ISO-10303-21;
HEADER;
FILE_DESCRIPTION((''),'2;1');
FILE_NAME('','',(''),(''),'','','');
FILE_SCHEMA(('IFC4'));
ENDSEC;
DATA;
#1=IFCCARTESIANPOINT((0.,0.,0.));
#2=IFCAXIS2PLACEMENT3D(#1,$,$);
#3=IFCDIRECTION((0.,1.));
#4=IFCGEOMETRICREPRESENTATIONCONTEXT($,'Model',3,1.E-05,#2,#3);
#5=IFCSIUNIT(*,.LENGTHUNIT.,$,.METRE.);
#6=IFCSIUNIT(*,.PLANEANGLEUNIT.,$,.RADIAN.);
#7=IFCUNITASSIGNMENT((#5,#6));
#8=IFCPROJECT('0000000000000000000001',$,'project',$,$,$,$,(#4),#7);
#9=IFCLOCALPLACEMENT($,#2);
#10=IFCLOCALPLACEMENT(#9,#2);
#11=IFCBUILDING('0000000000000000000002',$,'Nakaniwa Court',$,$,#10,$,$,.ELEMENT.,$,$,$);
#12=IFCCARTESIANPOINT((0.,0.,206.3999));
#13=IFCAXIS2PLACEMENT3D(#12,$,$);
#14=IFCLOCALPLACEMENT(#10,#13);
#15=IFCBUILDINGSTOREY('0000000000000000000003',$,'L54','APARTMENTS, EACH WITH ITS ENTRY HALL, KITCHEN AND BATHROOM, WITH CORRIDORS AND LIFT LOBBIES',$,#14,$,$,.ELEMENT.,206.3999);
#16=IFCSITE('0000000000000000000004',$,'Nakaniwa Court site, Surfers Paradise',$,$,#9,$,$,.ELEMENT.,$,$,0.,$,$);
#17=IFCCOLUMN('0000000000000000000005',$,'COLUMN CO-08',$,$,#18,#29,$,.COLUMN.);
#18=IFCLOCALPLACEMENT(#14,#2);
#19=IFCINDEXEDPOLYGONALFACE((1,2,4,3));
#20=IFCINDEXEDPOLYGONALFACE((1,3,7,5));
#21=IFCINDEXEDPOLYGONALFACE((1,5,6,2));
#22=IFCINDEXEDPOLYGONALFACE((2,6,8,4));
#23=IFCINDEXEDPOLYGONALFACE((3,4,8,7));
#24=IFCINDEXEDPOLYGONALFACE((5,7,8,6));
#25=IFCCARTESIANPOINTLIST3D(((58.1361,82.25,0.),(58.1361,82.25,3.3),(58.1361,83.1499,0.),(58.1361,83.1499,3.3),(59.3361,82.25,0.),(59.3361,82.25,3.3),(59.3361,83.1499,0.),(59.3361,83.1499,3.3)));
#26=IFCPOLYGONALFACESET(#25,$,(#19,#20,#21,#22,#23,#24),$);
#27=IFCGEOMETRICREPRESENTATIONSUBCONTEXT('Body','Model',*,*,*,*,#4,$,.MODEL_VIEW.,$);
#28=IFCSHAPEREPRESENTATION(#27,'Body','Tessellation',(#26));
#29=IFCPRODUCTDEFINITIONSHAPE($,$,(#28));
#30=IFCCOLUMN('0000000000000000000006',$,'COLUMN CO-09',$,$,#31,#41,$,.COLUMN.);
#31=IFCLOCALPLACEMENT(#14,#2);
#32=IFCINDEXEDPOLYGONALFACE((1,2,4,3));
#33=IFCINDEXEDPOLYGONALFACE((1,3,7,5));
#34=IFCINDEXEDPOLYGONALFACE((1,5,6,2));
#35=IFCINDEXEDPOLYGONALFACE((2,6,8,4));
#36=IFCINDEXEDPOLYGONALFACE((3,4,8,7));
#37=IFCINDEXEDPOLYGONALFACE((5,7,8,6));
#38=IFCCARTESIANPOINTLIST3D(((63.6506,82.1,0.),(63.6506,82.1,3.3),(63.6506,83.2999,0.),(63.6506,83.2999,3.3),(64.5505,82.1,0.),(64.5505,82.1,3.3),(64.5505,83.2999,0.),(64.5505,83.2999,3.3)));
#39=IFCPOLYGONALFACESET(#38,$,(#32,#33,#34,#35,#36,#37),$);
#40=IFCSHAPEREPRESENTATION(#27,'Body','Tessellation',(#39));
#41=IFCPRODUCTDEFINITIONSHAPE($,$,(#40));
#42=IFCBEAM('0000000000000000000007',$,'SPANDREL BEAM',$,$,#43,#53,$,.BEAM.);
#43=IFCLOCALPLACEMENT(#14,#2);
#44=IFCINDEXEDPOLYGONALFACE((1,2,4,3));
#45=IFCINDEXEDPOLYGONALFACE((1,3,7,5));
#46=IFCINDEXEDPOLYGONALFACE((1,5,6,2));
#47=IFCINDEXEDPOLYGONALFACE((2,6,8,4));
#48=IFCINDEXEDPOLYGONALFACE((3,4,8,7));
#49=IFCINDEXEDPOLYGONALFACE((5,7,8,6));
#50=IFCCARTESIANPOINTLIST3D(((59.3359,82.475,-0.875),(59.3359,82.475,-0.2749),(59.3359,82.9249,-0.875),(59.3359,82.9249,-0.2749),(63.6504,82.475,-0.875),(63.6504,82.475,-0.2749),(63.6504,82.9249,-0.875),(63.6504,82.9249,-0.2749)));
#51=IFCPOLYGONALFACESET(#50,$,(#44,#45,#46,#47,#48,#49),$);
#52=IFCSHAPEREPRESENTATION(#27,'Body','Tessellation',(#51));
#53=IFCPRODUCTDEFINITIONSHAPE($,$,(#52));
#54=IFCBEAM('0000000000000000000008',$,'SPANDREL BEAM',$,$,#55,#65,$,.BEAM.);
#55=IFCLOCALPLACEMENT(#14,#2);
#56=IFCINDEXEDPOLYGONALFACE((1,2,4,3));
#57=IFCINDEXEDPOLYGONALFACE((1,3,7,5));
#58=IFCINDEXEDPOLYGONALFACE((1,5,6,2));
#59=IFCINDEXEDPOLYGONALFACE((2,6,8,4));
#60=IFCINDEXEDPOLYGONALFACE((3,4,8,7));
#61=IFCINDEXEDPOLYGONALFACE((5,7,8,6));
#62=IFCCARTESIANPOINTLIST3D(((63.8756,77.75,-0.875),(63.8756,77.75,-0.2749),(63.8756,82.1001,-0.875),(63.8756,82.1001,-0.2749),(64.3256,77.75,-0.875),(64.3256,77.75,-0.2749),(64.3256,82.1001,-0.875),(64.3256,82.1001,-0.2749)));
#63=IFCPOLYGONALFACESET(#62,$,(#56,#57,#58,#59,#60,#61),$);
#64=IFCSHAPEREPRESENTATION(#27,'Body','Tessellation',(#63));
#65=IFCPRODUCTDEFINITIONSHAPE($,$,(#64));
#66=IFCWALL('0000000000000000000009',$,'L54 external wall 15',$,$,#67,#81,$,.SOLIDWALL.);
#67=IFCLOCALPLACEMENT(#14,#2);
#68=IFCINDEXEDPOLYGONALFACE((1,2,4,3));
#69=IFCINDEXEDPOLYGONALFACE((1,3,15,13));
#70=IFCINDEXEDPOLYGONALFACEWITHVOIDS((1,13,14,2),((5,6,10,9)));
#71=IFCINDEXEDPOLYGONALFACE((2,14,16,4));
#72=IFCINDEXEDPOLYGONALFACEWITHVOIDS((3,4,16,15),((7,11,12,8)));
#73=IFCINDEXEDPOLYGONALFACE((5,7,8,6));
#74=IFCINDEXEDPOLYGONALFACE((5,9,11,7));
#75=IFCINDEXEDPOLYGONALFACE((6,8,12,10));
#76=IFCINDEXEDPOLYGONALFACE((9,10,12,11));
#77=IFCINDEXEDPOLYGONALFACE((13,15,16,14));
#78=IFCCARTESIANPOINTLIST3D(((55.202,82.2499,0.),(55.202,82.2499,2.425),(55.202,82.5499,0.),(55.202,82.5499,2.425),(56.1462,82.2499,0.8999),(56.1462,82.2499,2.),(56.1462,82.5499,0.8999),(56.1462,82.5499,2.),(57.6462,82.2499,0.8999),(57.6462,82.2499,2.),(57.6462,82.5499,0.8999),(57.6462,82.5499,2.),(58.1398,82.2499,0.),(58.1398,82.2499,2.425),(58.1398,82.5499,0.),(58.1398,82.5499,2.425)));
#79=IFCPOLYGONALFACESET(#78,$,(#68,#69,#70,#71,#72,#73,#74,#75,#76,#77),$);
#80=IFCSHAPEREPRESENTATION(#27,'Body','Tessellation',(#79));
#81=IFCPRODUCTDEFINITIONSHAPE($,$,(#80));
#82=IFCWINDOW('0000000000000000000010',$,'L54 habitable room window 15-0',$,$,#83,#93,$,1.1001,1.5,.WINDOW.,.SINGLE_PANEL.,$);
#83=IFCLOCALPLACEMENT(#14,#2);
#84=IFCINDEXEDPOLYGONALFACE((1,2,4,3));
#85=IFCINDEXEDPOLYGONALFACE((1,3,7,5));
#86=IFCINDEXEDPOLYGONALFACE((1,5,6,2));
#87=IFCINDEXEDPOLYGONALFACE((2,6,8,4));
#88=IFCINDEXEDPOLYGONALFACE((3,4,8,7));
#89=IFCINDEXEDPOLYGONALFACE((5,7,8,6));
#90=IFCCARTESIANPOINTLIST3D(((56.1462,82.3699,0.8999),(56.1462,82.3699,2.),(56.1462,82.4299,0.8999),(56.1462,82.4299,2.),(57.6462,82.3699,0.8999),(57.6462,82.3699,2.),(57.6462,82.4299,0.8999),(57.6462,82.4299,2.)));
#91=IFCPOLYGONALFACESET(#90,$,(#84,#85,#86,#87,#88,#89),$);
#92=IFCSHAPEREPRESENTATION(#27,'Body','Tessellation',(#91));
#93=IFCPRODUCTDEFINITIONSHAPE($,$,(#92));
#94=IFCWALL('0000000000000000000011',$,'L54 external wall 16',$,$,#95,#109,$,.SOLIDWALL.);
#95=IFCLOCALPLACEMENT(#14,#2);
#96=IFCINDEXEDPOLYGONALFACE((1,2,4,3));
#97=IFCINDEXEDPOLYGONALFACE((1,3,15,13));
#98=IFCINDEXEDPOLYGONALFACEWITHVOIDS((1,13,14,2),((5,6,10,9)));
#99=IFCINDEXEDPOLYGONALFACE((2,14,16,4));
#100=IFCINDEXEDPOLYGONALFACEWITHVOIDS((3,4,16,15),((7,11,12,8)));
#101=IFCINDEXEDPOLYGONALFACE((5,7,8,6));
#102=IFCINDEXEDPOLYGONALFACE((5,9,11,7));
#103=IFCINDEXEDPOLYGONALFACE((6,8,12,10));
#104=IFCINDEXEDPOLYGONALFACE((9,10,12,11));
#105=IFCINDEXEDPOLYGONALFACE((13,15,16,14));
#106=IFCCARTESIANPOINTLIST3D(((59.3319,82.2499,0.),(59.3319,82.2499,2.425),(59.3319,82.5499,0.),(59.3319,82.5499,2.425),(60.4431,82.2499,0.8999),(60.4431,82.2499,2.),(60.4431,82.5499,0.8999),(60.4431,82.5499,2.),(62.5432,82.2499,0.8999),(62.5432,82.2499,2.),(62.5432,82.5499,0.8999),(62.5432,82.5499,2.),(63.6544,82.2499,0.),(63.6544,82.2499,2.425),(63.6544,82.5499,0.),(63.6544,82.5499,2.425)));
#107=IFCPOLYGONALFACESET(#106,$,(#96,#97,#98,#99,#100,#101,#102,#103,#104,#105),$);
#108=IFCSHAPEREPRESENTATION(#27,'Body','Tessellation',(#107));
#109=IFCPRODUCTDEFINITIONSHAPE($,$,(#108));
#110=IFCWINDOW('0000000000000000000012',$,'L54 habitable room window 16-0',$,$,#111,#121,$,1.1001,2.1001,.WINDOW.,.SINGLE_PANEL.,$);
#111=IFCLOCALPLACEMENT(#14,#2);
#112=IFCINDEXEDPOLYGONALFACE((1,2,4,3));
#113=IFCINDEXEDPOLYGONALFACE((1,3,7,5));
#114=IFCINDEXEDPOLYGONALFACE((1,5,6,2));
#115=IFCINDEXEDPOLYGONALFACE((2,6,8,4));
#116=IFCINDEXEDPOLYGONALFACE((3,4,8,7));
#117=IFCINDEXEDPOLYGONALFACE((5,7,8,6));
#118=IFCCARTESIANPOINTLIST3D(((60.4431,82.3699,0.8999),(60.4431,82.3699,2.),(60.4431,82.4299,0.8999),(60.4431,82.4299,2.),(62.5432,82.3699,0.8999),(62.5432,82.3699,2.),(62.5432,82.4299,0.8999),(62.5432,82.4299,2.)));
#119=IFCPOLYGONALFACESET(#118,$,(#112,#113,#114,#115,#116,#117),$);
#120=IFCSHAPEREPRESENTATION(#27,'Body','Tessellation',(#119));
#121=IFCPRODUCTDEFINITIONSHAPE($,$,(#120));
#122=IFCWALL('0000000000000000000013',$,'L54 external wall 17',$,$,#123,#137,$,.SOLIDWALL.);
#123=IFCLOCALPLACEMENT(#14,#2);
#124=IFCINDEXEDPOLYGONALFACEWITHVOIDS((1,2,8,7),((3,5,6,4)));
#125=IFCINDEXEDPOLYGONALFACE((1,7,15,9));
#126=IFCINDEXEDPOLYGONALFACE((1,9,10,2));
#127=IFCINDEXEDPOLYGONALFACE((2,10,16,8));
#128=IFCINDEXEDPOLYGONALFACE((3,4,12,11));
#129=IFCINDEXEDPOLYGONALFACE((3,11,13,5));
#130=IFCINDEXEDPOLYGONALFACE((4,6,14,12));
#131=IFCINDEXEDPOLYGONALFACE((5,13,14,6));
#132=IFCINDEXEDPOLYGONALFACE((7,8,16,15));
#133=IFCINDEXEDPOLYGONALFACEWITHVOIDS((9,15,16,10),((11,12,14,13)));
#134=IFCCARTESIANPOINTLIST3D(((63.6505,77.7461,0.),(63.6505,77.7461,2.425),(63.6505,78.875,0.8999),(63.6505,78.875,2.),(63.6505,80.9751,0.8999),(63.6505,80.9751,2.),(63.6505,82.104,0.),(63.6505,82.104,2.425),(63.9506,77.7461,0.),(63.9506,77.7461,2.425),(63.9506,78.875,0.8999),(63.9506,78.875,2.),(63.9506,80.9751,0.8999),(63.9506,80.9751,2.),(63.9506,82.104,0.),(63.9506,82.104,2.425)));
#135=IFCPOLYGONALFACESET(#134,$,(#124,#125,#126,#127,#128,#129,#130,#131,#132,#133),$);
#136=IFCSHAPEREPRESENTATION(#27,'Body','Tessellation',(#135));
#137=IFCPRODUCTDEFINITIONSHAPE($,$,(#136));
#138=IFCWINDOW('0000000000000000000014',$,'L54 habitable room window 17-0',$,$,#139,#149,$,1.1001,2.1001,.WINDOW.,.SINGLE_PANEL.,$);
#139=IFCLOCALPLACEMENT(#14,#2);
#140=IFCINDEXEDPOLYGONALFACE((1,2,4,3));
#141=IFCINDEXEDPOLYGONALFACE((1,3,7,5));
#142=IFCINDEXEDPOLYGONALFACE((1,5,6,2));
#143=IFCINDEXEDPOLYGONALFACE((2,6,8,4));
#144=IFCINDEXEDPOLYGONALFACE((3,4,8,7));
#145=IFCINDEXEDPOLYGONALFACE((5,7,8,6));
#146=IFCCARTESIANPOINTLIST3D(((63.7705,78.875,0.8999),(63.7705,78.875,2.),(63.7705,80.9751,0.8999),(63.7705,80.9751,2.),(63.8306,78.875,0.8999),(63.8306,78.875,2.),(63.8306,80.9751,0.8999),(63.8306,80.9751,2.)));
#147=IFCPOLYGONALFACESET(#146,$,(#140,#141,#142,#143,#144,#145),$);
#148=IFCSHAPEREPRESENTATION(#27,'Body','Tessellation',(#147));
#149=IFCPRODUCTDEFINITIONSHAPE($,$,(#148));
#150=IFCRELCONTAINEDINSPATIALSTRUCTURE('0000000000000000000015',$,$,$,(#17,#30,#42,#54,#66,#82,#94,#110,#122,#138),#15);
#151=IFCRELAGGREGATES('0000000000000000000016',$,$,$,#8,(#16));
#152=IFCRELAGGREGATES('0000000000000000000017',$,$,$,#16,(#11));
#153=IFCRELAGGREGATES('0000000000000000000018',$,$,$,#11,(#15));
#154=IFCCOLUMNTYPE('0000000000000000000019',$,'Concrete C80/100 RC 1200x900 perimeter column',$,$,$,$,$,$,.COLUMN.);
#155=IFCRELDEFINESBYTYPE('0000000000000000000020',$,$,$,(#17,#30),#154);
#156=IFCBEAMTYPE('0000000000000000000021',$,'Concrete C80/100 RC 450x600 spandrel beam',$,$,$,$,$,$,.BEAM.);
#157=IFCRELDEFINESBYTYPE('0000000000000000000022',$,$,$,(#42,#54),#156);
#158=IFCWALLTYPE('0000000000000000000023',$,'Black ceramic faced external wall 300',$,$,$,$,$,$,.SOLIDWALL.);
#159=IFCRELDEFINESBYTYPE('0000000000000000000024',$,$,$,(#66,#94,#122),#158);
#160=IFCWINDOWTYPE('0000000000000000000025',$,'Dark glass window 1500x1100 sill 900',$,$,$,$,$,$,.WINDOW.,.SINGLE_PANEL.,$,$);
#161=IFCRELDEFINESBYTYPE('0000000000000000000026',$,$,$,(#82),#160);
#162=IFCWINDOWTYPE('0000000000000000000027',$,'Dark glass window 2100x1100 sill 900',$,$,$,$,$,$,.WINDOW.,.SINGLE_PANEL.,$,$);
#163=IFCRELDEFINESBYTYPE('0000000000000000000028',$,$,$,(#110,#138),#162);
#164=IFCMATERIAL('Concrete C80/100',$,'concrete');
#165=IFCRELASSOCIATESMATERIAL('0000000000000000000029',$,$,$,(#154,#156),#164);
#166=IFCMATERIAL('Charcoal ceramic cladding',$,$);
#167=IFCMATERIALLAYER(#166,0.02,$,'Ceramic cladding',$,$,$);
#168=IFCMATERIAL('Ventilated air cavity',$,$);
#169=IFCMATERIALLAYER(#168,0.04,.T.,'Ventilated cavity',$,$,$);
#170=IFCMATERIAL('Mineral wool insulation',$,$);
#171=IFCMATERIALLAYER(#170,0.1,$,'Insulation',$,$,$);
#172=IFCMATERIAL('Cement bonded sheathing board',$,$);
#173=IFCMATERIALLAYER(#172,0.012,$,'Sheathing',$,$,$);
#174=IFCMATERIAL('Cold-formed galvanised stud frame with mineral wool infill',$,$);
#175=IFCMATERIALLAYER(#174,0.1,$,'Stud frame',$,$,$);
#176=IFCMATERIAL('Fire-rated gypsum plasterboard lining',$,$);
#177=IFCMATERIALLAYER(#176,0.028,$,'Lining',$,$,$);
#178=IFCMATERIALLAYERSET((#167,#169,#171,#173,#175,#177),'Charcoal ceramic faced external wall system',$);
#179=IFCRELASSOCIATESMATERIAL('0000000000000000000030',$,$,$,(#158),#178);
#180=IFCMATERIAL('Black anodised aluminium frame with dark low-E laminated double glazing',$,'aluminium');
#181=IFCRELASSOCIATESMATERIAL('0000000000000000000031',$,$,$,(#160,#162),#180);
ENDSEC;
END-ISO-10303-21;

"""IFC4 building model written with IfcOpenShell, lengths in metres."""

from ifc_helpers import new_model, si_unit, direction, frame, frame_2d, origin, origin_2d, place, context, subcontext, project, spatial, rectangle, extrude, material, layer, layer_set, material_profile, profile_set, type_object, element, fill, save


model = new_model("IFC4")

# Units and contexts
model_context = context("Model", 3, precision=1e-05, world=origin(), true_north=direction((0.0, 1.0)))
body_context = subcontext(model_context, "Body", "Model", "MODEL_VIEW")
ifc_project = project(units=[si_unit("LENGTHUNIT", "METRE"), si_unit("PLANEANGLEUNIT", "RADIAN")], contexts=[model_context])

# Site, building, storey
site_placement = place(None, origin())
site = spatial("IfcSite", under=ifc_project, at=site_placement, Name="Nakaniwa Court site, Surfers Paradise", CompositionType="ELEMENT", RefElevation=0.0)
building_placement = place(site_placement, origin())
building = spatial("IfcBuilding", under=site, at=building_placement, Name="Nakaniwa Court", CompositionType="ELEMENT")
storey_placement = place(building_placement, frame((0.0, 0.0, 206.3999)))
storey = spatial("IfcBuildingStorey", under=building, at=storey_placement, Name="L54", Description="APARTMENTS, EACH WITH ITS ENTRY HALL, KITCHEN AND BATHROOM, WITH CORRIDORS AND LIFT LOBBIES", CompositionType="ELEMENT", Elevation=206.3999)

# Columns
ifc_material_1 = material(Name="Concrete C80/100", Category="concrete")
ifc_material_profile_1 = material_profile(ifc_material_1, rectangle(XDim=1.2, YDim=0.8999, at=origin_2d()), Name="Concrete C80/100 RC 1200x900 perimeter column")
ifc_profile_set_1 = profile_set([ifc_material_profile_1], Name="Concrete C80/100")
column_type = type_object("IfcColumnType", Name="Concrete C80/100 RC 1200x900 perimeter column", PredefinedType="COLUMN", material=ifc_profile_set_1)
for number, where, z_axis, x_axis, name in (
    (1, (58.7361, 82.7, 0.0), (0.0, 0.0, 1.0), (1.0, 0.0, 0.0), "COLUMN CO-08"),
    (2, (64.1006, 82.7, 0.0), (0.0, 0.0, 1.0), (0.0, -1.0, 0.0), "COLUMN CO-09"),
):
    element("IfcColumn", number, at=place(storey_placement, frame(where, z_axis=z_axis, x_axis=x_axis)), inside=storey, type_object=column_type, Name=name, PredefinedType="COLUMN", context=body_context, shape_type="SweptSolid", body=[
        extrude(rectangle(XDim=1.2, YDim=0.8999, at=origin_2d()), origin(), (0.0, 0.0, 1.0), 3.3),
    ])

# Beams
ifc_material_profile_2 = material_profile(ifc_material_1, rectangle(XDim=0.45, YDim=0.6001, at=origin_2d()), Name="Concrete C80/100 RC 450x600 spandrel beam")
ifc_profile_set_2 = profile_set([ifc_material_profile_2], Name="Concrete C80/100")
beam_type = type_object("IfcBeamType", Name="Concrete C80/100 RC 450x600 spandrel beam", PredefinedType="BEAM", material=ifc_profile_set_2)
beam_1_placement = place(storey_placement, frame((59.3359, 82.7, -0.575), z_axis=(1.0, 0.0, 0.0), x_axis=(0.0, 1.0, 0.0)))
element("IfcBeam", 3, at=beam_1_placement, inside=storey, type_object=beam_type, Name="SPANDREL BEAM", PredefinedType="BEAM", context=body_context, shape_type="SweptSolid", body=[
    extrude(rectangle(XDim=0.45, YDim=0.6001, at=origin_2d()), origin(), (0.0, 0.0, 1.0), 4.3145),
])
beam_2_placement = place(storey_placement, frame((64.1006, 82.1001, -0.575), z_axis=(0.0, -1.0, 0.0), x_axis=(1.0, 0.0, 0.0)))
element("IfcBeam", 4, at=beam_2_placement, inside=storey, type_object=beam_type, Name="SPANDREL BEAM", PredefinedType="BEAM", context=body_context, shape_type="SweptSolid", body=[
    extrude(rectangle(XDim=0.45, YDim=0.6001, at=origin_2d()), origin(), (0.0, 0.0, 1.0), 4.3501),
])

# Walls, openings, windows
ifc_material_2 = material(Name="Charcoal ceramic cladding")
ifc_layer_1 = layer(ifc_material_2, 0.02, Name="Ceramic cladding")
ifc_material_3 = material(Name="Ventilated air cavity")
ifc_layer_2 = layer(ifc_material_3, 0.04, ventilated=True, Name="Ventilated cavity")
ifc_material_4 = material(Name="Mineral wool insulation")
ifc_layer_3 = layer(ifc_material_4, 0.1, Name="Insulation")
ifc_material_5 = material(Name="Cement bonded sheathing board")
ifc_layer_4 = layer(ifc_material_5, 0.012, Name="Sheathing")
ifc_material_6 = material(Name="Cold-formed galvanised stud frame with mineral wool infill")
ifc_layer_5 = layer(ifc_material_6, 0.1, Name="Stud frame")
ifc_material_7 = material(Name="Fire-rated gypsum plasterboard lining")
ifc_layer_6 = layer(ifc_material_7, 0.028, Name="Lining")
ifc_layer_set_1 = layer_set([ifc_layer_1, ifc_layer_2, ifc_layer_3, ifc_layer_4, ifc_layer_5, ifc_layer_6], Name="Charcoal ceramic faced external wall system")
wall_type_1 = type_object("IfcWallType", Name="Black ceramic faced external wall 300", PredefinedType="SOLIDWALL", material=ifc_layer_set_1)
wall_1_placement = place(storey_placement, frame((55.2021, 82.3999, 0.0), z_axis=(0.0, 0.0, 1.0), x_axis=(1.0, 0.0, 0.0)))
wall_1 = element("IfcWall", 5, at=wall_1_placement, inside=storey, type_object=wall_type_1, Name="L54 external wall 15", PredefinedType="SOLIDWALL", context=body_context, shape_type="SweptSolid", body=[
    extrude(rectangle(XDim=2.9377, YDim=0.3, at=frame_2d((1.4688, 0.0))), origin(), (0.0, 0.0, 1.0), 2.425),
])
opening_1_placement = place(wall_1_placement, frame((0.9441, 0.0, 0.8999)))
opening_1 = element("IfcOpeningElement", 6, at=opening_1_placement, cuts=wall_1, PredefinedType="OPENING", context=body_context, shape_type="SweptSolid", body=[
    extrude(rectangle(XDim=1.5, YDim=1.1001, at=frame_2d((0.75, 0.55))), frame((0.0, 0.1599, 0.0), z_axis=(0.0, -1.0, 0.0), x_axis=(1.0, 0.0, 0.0)), (0.0, 0.0, 1.0), 0.3201),
])
ifc_material_8 = material(Name="Black anodised aluminium frame with dark low-E laminated double glazing", Category="aluminium")
window_type_1 = type_object("IfcWindowType", Name="Dark glass window 1500x1100 sill 900", PartitioningType="SINGLE_PANEL", PredefinedType="WINDOW", material=ifc_material_8)
window_1_placement = place(opening_1_placement, origin())
window_1 = element("IfcWindow", 7, at=window_1_placement, inside=storey, type_object=window_type_1, Name="L54 habitable room window 15-0", OverallHeight=1.1001, OverallWidth=1.5, PartitioningType="SINGLE_PANEL", PredefinedType="WINDOW", context=body_context, shape_type="SweptSolid", body=[
    extrude(rectangle(XDim=1.5, YDim=1.1001, at=frame_2d((0.75, 0.55))), frame((0.0, 0.03, 0.0), z_axis=(0.0, -1.0, 0.0), x_axis=(1.0, 0.0, 0.0)), (0.0, 0.0, 1.0), 0.0601),
])
fill(opening_1, window_1)
wall_2_placement = place(storey_placement, frame((59.332, 82.3999, 0.0), z_axis=(0.0, 0.0, 1.0), x_axis=(1.0, 0.0, 0.0)))
wall_2 = element("IfcWall", 8, at=wall_2_placement, inside=storey, type_object=wall_type_1, Name="L54 external wall 16", PredefinedType="SOLIDWALL", context=body_context, shape_type="SweptSolid", body=[
    extrude(rectangle(XDim=4.3225, YDim=0.3, at=frame_2d((2.1611, 0.0))), origin(), (0.0, 0.0, 1.0), 2.425),
])
opening_2_placement = place(wall_2_placement, frame((1.1111, 0.0, 0.8999)))
opening_2 = element("IfcOpeningElement", 9, at=opening_2_placement, cuts=wall_2, PredefinedType="OPENING", context=body_context, shape_type="SweptSolid", body=[
    extrude(rectangle(XDim=2.1001, YDim=1.1001, at=frame_2d((1.05, 0.55))), frame((0.0, 0.1599, 0.0), z_axis=(0.0, -1.0, 0.0), x_axis=(1.0, 0.0, 0.0)), (0.0, 0.0, 1.0), 0.3201),
])
window_type_2 = type_object("IfcWindowType", Name="Dark glass window 2100x1100 sill 900", PartitioningType="SINGLE_PANEL", PredefinedType="WINDOW", material=ifc_material_8)
window_2_placement = place(opening_2_placement, origin())
window_2 = element("IfcWindow", 10, at=window_2_placement, inside=storey, type_object=window_type_2, Name="L54 habitable room window 16-0", OverallHeight=1.1001, OverallWidth=2.1001, PartitioningType="SINGLE_PANEL", PredefinedType="WINDOW", context=body_context, shape_type="SweptSolid", body=[
    extrude(rectangle(XDim=2.1001, YDim=1.1001, at=frame_2d((1.05, 0.55))), frame((0.0, 0.03, 0.0), z_axis=(0.0, -1.0, 0.0), x_axis=(1.0, 0.0, 0.0)), (0.0, 0.0, 1.0), 0.0601),
])
fill(opening_2, window_2)
wall_3_placement = place(storey_placement, frame((63.8005, 82.104, 0.0), z_axis=(0.0, 0.0, 1.0), x_axis=(0.0, -1.0, 0.0)))
wall_3 = element("IfcWall", 11, at=wall_3_placement, inside=storey, type_object=wall_type_1, Name="L54 external wall 17", PredefinedType="SOLIDWALL", context=body_context, shape_type="SweptSolid", body=[
    extrude(rectangle(XDim=4.3579, YDim=0.3, at=frame_2d((2.179, 0.0))), origin(), (0.0, 0.0, 1.0), 2.425),
])
opening_3_placement = place(wall_3_placement, frame((1.1289, 0.0, 0.8999)))
opening_3 = element("IfcOpeningElement", 12, at=opening_3_placement, cuts=wall_3, PredefinedType="OPENING", context=body_context, shape_type="SweptSolid", body=[
    extrude(rectangle(XDim=2.1001, YDim=1.1001, at=frame_2d((1.05, 0.55))), frame((0.0, 0.1599, 0.0), z_axis=(0.0, -1.0, 0.0), x_axis=(1.0, 0.0, 0.0)), (0.0, 0.0, 1.0), 0.3201),
])
window_3_placement = place(opening_3_placement, origin())
window_3 = element("IfcWindow", 13, at=window_3_placement, inside=storey, type_object=window_type_2, Name="L54 habitable room window 17-0", OverallHeight=1.1001, OverallWidth=2.1001, PartitioningType="SINGLE_PANEL", PredefinedType="WINDOW", context=body_context, shape_type="SweptSolid", body=[
    extrude(rectangle(XDim=2.1001, YDim=1.1001, at=frame_2d((1.05, 0.55))), frame((0.0, 0.03, 0.0), z_axis=(0.0, -1.0, 0.0), x_axis=(1.0, 0.0, 0.0)), (0.0, 0.0, 1.0), 0.0601),
])
fill(opening_3, window_3)

save(model, "model.ifc")
